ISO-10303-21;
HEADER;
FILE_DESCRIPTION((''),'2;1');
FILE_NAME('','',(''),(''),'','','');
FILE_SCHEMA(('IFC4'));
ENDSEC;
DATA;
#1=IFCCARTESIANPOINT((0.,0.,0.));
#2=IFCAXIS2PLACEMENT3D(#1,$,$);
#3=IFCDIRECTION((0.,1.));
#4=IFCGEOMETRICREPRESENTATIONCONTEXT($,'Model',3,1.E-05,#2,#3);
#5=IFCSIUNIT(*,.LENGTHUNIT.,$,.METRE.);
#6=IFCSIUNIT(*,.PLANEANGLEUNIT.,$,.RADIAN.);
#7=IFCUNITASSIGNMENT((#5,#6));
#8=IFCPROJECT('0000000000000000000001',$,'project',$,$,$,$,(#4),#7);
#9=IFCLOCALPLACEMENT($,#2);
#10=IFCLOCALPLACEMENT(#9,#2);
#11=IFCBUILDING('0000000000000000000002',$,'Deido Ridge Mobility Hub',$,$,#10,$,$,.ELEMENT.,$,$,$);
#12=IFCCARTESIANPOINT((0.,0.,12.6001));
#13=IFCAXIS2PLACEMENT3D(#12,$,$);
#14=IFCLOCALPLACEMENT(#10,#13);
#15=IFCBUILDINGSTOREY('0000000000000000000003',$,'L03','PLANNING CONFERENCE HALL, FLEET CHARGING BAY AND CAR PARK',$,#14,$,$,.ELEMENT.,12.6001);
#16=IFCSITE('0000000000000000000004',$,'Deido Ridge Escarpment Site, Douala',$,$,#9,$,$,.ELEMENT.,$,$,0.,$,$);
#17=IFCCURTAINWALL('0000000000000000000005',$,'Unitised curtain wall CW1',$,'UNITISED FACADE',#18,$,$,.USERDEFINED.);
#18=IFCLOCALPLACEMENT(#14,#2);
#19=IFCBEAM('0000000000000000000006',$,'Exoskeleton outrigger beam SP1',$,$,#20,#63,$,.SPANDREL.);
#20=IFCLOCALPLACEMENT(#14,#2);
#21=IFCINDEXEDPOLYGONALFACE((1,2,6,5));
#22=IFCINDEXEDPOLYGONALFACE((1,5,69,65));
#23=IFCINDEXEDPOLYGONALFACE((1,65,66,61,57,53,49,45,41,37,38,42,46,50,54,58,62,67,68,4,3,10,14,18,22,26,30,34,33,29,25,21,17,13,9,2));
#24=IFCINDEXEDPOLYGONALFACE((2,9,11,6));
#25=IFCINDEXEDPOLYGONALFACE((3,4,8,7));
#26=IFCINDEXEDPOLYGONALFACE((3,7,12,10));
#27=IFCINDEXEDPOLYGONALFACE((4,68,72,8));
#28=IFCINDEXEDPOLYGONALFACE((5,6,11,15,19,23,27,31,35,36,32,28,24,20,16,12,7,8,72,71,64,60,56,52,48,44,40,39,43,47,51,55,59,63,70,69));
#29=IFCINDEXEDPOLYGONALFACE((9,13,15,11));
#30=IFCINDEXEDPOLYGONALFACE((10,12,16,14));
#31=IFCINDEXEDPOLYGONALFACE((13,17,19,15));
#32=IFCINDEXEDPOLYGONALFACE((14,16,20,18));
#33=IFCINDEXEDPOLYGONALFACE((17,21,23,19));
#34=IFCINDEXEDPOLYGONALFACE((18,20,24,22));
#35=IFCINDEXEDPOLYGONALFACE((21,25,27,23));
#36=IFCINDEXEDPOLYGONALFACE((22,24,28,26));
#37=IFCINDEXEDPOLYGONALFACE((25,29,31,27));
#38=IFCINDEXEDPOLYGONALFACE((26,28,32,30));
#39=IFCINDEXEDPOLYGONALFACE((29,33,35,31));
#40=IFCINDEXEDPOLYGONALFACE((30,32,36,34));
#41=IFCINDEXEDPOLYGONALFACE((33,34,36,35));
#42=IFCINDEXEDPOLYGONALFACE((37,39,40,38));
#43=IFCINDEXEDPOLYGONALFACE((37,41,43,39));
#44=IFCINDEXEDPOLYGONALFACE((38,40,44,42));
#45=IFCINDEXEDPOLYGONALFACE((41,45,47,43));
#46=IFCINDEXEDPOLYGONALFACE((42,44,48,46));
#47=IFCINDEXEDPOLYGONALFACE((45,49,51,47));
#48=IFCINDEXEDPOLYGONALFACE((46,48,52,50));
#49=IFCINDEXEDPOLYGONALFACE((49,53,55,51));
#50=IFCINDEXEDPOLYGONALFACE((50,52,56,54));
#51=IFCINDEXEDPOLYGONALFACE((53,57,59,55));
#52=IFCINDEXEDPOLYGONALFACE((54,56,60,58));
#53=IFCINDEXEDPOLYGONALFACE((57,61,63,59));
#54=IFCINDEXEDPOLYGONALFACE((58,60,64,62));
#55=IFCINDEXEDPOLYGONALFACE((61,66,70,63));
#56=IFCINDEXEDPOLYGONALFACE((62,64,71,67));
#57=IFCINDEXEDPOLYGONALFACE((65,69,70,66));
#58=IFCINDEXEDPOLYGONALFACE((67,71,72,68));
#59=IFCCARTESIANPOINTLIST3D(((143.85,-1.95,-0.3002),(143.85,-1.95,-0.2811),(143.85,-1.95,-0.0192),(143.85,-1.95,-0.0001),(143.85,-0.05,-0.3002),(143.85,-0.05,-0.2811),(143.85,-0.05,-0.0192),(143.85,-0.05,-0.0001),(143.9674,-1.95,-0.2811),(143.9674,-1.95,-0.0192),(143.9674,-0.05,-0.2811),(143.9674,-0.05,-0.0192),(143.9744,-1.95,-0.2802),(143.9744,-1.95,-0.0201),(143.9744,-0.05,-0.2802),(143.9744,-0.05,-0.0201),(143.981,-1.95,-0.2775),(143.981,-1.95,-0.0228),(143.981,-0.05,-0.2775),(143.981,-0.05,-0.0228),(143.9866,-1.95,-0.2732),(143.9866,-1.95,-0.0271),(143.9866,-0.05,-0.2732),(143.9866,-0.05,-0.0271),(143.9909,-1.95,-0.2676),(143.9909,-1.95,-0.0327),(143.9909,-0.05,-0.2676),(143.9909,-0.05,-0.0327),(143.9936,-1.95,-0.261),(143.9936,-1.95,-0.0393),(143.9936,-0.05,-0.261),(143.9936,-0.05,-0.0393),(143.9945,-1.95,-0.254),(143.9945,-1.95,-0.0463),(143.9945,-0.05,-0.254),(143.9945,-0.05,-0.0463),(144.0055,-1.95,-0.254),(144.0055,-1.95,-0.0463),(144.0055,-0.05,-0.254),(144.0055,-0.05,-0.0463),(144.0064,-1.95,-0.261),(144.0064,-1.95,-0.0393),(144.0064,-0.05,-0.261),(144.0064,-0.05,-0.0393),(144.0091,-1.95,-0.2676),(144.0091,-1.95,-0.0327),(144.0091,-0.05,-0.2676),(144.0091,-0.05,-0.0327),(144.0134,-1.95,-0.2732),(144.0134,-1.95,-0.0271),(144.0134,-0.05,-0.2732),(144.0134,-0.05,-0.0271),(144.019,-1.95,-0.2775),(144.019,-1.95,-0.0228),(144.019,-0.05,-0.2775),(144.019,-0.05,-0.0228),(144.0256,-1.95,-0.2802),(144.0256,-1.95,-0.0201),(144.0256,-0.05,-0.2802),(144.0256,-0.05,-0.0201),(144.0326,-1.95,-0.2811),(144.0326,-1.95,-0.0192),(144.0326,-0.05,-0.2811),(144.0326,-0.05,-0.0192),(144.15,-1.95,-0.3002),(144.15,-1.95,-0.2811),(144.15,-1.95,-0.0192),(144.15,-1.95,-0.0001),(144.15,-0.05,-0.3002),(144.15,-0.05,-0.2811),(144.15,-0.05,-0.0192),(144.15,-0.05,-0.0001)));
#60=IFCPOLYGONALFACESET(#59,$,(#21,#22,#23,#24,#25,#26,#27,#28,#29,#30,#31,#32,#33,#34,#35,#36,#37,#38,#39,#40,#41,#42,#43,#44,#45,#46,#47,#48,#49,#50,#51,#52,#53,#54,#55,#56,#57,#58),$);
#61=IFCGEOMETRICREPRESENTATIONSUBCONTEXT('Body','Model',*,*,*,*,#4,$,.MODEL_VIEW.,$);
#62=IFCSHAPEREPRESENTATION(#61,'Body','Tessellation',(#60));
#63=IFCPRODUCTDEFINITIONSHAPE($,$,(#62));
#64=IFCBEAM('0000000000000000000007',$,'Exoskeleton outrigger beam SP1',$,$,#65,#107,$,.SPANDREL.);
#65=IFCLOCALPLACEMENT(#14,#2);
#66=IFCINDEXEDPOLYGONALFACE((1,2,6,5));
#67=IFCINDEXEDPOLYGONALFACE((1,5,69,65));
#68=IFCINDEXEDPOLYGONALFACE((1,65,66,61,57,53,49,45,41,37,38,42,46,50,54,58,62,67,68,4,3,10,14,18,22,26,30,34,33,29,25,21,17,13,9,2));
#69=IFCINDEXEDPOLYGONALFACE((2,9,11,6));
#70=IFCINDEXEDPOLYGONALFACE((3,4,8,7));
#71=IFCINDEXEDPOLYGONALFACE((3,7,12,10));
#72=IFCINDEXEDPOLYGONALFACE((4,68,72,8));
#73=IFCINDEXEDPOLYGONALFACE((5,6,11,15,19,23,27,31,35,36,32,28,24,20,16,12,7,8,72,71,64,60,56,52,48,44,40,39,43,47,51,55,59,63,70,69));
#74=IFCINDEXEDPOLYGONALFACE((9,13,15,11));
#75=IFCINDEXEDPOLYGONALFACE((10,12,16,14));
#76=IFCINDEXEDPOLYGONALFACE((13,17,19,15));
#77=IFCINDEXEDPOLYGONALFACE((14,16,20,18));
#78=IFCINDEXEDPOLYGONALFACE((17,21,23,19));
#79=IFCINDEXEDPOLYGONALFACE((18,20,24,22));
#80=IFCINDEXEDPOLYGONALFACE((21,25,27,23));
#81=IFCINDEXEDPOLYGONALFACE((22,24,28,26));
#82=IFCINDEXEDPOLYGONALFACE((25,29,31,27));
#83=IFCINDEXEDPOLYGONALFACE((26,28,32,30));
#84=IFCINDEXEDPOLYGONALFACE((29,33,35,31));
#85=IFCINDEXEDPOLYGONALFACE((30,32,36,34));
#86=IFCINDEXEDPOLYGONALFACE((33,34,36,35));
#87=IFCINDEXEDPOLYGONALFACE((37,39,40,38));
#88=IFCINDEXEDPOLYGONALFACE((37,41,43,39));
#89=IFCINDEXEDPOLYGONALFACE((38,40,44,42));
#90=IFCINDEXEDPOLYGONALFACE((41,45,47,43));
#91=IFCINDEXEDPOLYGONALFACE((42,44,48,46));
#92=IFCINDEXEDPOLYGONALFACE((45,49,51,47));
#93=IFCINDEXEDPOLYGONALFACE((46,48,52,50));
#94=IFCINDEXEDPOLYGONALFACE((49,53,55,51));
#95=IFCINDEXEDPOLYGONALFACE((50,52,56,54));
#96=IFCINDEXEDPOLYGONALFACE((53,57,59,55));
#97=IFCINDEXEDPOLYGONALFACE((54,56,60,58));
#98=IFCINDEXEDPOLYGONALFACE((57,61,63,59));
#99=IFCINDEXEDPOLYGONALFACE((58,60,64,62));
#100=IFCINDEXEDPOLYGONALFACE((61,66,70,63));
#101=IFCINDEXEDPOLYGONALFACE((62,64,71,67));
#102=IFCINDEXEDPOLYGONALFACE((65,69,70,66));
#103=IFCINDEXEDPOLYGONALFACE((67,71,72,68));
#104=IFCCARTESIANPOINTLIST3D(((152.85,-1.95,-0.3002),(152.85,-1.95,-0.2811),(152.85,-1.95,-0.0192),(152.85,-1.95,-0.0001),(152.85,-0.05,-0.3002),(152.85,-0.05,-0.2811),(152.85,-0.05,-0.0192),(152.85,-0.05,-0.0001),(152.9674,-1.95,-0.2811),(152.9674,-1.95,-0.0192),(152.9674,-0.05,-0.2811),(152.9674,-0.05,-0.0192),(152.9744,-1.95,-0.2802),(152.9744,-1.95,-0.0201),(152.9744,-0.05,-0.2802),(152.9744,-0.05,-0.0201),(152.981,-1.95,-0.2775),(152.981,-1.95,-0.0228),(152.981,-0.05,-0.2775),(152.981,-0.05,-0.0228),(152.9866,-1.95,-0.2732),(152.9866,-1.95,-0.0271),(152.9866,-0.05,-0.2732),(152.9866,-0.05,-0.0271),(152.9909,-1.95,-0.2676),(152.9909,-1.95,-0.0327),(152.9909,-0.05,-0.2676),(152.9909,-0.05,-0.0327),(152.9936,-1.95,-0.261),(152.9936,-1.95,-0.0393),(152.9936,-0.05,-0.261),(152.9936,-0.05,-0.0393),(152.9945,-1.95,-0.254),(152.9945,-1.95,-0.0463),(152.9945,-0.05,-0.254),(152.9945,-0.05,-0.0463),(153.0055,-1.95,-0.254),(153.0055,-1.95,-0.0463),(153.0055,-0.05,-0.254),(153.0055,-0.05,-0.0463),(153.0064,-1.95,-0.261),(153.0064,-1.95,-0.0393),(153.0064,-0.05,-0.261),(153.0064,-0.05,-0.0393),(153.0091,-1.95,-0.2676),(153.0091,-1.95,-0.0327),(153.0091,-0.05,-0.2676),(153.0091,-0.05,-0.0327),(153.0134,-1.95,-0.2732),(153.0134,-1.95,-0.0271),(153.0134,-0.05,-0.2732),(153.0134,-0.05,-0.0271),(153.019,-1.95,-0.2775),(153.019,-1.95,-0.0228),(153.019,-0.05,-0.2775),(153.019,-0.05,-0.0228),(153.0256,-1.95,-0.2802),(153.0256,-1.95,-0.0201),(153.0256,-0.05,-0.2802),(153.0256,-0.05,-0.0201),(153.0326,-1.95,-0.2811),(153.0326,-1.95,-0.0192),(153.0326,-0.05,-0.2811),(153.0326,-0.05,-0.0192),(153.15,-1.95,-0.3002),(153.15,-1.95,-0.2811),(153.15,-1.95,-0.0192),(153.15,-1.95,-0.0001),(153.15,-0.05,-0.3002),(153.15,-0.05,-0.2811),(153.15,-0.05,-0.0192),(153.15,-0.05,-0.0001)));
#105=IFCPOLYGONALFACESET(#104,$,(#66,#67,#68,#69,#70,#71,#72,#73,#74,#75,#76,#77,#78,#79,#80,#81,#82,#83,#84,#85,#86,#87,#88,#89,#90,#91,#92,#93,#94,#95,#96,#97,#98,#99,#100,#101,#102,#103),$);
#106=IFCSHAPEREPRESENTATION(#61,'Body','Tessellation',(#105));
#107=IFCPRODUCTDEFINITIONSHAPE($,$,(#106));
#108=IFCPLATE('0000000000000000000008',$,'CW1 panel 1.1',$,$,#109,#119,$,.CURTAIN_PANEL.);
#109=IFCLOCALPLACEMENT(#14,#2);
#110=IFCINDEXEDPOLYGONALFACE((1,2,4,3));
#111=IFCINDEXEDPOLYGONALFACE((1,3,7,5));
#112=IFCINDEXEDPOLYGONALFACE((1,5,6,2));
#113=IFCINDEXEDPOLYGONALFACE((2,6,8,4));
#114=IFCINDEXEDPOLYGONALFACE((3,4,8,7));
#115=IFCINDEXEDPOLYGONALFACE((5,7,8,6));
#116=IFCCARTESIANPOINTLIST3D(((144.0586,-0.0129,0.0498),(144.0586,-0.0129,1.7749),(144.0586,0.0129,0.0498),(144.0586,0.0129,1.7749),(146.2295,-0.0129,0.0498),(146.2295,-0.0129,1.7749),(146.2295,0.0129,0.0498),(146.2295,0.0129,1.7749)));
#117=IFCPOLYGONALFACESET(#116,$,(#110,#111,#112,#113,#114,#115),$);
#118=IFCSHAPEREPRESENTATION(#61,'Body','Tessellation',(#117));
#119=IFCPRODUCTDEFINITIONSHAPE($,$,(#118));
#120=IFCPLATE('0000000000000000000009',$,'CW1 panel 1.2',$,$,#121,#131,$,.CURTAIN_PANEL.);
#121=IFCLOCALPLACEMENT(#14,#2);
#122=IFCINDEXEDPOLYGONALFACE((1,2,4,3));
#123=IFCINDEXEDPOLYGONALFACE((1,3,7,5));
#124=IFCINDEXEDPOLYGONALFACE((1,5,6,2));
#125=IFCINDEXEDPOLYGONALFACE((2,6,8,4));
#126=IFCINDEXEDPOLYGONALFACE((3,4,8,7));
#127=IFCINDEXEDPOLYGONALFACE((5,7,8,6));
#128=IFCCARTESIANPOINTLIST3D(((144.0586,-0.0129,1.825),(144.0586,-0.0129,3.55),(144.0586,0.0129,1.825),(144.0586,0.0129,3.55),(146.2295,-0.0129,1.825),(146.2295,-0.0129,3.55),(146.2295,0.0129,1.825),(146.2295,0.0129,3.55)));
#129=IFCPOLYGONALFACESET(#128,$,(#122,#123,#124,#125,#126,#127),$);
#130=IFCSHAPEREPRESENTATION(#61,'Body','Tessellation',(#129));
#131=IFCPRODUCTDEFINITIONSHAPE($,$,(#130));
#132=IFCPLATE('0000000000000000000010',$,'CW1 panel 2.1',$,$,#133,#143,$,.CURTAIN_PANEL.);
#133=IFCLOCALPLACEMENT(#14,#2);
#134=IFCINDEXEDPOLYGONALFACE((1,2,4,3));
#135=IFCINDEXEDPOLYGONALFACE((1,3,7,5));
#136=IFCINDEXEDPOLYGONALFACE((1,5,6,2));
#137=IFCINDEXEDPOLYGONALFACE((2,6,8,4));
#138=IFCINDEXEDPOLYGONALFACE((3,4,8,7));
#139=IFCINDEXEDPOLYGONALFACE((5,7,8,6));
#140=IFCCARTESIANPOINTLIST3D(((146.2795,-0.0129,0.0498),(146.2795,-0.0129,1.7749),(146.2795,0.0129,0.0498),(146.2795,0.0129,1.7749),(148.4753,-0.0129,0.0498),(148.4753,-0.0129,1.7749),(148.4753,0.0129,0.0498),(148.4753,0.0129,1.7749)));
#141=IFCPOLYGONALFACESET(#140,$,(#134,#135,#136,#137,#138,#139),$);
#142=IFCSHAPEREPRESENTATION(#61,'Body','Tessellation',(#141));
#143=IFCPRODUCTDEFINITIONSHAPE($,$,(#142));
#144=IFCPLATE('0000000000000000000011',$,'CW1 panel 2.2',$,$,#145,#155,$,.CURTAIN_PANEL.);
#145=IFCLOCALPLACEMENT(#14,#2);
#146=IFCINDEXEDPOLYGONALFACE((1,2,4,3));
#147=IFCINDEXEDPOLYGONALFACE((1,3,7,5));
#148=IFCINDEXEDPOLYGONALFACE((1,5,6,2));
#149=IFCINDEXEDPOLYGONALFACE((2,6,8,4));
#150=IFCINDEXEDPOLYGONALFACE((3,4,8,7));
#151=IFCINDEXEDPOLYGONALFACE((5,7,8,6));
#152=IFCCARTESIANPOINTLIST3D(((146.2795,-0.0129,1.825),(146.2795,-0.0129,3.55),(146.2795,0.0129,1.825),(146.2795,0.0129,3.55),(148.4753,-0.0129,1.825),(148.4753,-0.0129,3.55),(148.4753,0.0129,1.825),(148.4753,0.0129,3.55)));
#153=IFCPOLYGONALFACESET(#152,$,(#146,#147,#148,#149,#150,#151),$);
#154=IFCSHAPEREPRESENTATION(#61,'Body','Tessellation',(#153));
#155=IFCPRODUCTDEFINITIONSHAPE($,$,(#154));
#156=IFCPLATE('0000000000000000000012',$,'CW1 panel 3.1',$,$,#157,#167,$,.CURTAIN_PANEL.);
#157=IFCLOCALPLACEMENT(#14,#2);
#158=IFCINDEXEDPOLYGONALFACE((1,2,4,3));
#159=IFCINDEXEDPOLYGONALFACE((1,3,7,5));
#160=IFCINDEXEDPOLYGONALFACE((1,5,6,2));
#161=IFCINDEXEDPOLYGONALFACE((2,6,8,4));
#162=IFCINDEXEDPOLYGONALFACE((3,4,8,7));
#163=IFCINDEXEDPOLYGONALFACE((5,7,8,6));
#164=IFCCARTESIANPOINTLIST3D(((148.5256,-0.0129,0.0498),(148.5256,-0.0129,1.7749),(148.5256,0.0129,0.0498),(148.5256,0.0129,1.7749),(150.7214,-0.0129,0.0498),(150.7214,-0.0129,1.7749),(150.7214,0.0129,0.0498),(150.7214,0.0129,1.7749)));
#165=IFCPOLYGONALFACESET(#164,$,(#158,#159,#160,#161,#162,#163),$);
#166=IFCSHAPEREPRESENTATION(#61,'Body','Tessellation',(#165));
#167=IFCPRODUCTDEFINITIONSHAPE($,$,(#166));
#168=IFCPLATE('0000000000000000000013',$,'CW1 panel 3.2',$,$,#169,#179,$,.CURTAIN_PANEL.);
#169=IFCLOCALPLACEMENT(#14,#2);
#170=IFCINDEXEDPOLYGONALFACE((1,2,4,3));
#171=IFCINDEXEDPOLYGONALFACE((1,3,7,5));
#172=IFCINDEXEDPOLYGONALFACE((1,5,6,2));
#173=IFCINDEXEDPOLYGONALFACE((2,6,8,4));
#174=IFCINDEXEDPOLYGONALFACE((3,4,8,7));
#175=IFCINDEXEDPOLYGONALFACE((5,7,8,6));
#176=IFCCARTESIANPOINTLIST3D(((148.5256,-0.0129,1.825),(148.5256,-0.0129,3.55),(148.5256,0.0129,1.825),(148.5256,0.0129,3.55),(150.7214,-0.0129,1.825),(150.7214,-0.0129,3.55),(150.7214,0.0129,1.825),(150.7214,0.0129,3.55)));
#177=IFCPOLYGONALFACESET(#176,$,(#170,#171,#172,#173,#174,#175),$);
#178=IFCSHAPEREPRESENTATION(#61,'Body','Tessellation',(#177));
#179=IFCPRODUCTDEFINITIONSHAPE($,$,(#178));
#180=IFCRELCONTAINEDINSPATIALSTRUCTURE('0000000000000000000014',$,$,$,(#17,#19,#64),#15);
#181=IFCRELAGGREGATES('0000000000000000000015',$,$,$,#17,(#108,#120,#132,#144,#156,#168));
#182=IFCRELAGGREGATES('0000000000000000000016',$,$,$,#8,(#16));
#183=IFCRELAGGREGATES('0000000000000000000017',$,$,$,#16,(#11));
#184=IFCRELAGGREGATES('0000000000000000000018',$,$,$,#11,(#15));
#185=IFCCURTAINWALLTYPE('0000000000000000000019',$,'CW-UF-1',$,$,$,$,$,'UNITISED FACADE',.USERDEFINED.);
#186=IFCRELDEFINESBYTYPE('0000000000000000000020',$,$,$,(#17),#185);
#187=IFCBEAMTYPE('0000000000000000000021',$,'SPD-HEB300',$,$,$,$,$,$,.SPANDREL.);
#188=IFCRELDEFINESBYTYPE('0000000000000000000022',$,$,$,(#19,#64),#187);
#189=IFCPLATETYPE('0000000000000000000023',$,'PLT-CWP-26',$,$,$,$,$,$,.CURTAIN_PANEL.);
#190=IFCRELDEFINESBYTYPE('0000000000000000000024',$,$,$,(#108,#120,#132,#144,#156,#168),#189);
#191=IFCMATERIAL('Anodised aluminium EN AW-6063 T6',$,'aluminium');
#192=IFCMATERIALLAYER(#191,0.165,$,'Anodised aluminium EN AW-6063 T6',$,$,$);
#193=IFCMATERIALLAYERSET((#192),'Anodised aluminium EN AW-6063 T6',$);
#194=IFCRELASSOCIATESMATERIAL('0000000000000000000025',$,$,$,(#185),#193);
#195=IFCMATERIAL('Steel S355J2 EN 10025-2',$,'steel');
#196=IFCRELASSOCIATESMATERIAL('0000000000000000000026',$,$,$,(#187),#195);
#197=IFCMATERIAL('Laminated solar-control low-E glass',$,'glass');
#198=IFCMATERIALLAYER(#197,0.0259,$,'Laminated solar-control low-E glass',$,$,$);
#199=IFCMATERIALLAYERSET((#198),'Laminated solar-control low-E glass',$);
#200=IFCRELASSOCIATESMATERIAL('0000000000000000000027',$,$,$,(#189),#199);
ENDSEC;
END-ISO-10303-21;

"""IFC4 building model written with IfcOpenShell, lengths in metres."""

from ifc_helpers import new_model, si_unit, direction, frame, origin, origin_2d, place, context, subcontext, project, spatial, rectangle, i_section, extrude, material, layer, layer_set, material_profile, profile_set, type_object, element, aggregate, save


model = new_model("IFC4")

# Units and contexts
model_context = context("Model", 3, precision=1e-05, world=origin(), true_north=direction((0.0, 1.0)))
body_context = subcontext(model_context, "Body", "Model", "MODEL_VIEW")
ifc_project = project(units=[si_unit("LENGTHUNIT", "METRE"), si_unit("PLANEANGLEUNIT", "RADIAN")], contexts=[model_context])

# Site, building, storey
site_placement = place(None, origin())
site = spatial("IfcSite", under=ifc_project, at=site_placement, Name="Deido Ridge Escarpment Site, Douala", CompositionType="ELEMENT", RefElevation=0.0)
building_placement = place(site_placement, origin())
building = spatial("IfcBuilding", under=site, at=building_placement, Name="Deido Ridge Mobility Hub", CompositionType="ELEMENT")
storey_placement = place(building_placement, frame((0.0, 0.0, 12.6001)))
storey = spatial("IfcBuildingStorey", under=building, at=storey_placement, Name="L03", Description="PLANNING CONFERENCE HALL, FLEET CHARGING BAY AND CAR PARK", CompositionType="ELEMENT", Elevation=12.6001)

# Shared definitions
ifc_material_1 = material(Name="Steel S355J2 EN 10025-2", Category="steel")

# Curtain wall
ifc_material_2 = material(Name="Anodised aluminium EN AW-6063 T6", Category="aluminium")
ifc_layer_1 = layer(ifc_material_2, 0.165, Name="Anodised aluminium EN AW-6063 T6")
ifc_layer_set_1 = layer_set([ifc_layer_1], Name="Anodised aluminium EN AW-6063 T6")
curtain_wall_type = type_object("IfcCurtainWallType", Name="CW-UF-1", ElementType="UNITISED FACADE", PredefinedType="USERDEFINED", material=ifc_layer_set_1)
curtain_wall_placement = place(storey_placement, origin())
curtain_wall = element("IfcCurtainWall", 1, at=curtain_wall_placement, inside=storey, type_object=curtain_wall_type, Name="Unitised curtain wall CW1", ObjectType="UNITISED FACADE", PredefinedType="USERDEFINED")

# Beams
ifc_material_profile_1 = material_profile(ifc_material_1, i_section(OverallWidth=0.3, OverallDepth=0.3, WebThickness=0.011, FlangeThickness=0.019, FilletRadius=0.0271, at=origin_2d()), Name="HEB 300")
ifc_profile_set_1 = profile_set([ifc_material_profile_1], Name="Steel S355J2 EN 10025-2")
beam_type_1 = type_object("IfcBeamType", Name="SPD-HEB300", PredefinedType="SPANDREL", material=ifc_profile_set_1)
for number, where, z_axis, x_axis, name in (
    (2, (144.0, -0.05, -0.1501), (0.0, -1.0, 0.0), (1.0, 0.0, 0.0), "Exoskeleton outrigger beam SP1"),
    (3, (153.0, -0.05, -0.1501), (0.0, -1.0, 0.0), (1.0, 0.0, 0.0), "Exoskeleton outrigger beam SP1"),
):
    element("IfcBeam", number, at=place(storey_placement, frame(where, z_axis=z_axis, x_axis=x_axis)), inside=storey, type_object=beam_type_1, Name=name, PredefinedType="SPANDREL", context=body_context, shape_type="SweptSolid", body=[
        extrude(i_section(OverallWidth=0.3, OverallDepth=0.3, WebThickness=0.011, FlangeThickness=0.019, FilletRadius=0.0271, at=origin_2d()), origin(), (0.0, 0.0, 1.0), 1.8999),
    ])

# Plates
ifc_material_3 = material(Name="Laminated solar-control low-E glass", Category="glass")
ifc_layer_2 = layer(ifc_material_3, 0.0259, Name="Laminated solar-control low-E glass")
ifc_layer_set_2 = layer_set([ifc_layer_2], Name="Laminated solar-control low-E glass")
plate_type = type_object("IfcPlateType", Name="PLT-CWP-26", PredefinedType="CURTAIN_PANEL", material=ifc_layer_set_2)
plate_1_placement = place(storey_placement, frame((145.144, 0.0, 0.0498), z_axis=(0.0, 0.0, 1.0), x_axis=(1.0, 0.0, 0.0)))
plate_1 = element("IfcPlate", 4, at=plate_1_placement, type_object=plate_type, Name="CW1 panel 1.1", PredefinedType="CURTAIN_PANEL", context=body_context, shape_type="SweptSolid", body=[
    extrude(rectangle(XDim=2.1709, YDim=0.0259, at=origin_2d()), origin(), (0.0, 0.0, 1.0), 1.7251),
])
plate_2_placement = place(storey_placement, frame((145.144, 0.0, 1.825), z_axis=(0.0, 0.0, 1.0), x_axis=(1.0, 0.0, 0.0)))
plate_2 = element("IfcPlate", 5, at=plate_2_placement, type_object=plate_type, Name="CW1 panel 1.2", PredefinedType="CURTAIN_PANEL", context=body_context, shape_type="SweptSolid", body=[
    extrude(rectangle(XDim=2.1709, YDim=0.0259, at=origin_2d()), origin(), (0.0, 0.0, 1.0), 1.7251),
])
plate_3_placement = place(storey_placement, frame((147.3774, 0.0, 0.0498), z_axis=(0.0, 0.0, 1.0), x_axis=(1.0, 0.0, 0.0)))
plate_3 = element("IfcPlate", 6, at=plate_3_placement, type_object=plate_type, Name="CW1 panel 2.1", PredefinedType="CURTAIN_PANEL", context=body_context, shape_type="SweptSolid", body=[
    extrude(rectangle(XDim=2.1958, YDim=0.0259, at=origin_2d()), origin(), (0.0, 0.0, 1.0), 1.7251),
])
plate_4_placement = place(storey_placement, frame((147.3774, 0.0, 1.825), z_axis=(0.0, 0.0, 1.0), x_axis=(1.0, 0.0, 0.0)))
plate_4 = element("IfcPlate", 7, at=plate_4_placement, type_object=plate_type, Name="CW1 panel 2.2", PredefinedType="CURTAIN_PANEL", context=body_context, shape_type="SweptSolid", body=[
    extrude(rectangle(XDim=2.1958, YDim=0.0259, at=origin_2d()), origin(), (0.0, 0.0, 1.0), 1.7251),
])
plate_5_placement = place(storey_placement, frame((149.6235, 0.0, 0.0498), z_axis=(0.0, 0.0, 1.0), x_axis=(1.0, 0.0, 0.0)))
plate_5 = element("IfcPlate", 8, at=plate_5_placement, type_object=plate_type, Name="CW1 panel 3.1", PredefinedType="CURTAIN_PANEL", context=body_context, shape_type="SweptSolid", body=[
    extrude(rectangle(XDim=2.1958, YDim=0.0259, at=origin_2d()), origin(), (0.0, 0.0, 1.0), 1.7251),
])
plate_6_placement = place(storey_placement, frame((149.6235, 0.0, 1.825), z_axis=(0.0, 0.0, 1.0), x_axis=(1.0, 0.0, 0.0)))
plate_6 = element("IfcPlate", 9, at=plate_6_placement, type_object=plate_type, Name="CW1 panel 3.2", PredefinedType="CURTAIN_PANEL", context=body_context, shape_type="SweptSolid", body=[
    extrude(rectangle(XDim=2.1958, YDim=0.0259, at=origin_2d()), origin(), (0.0, 0.0, 1.0), 1.7251),
])
aggregate(curtain_wall, [plate_1, plate_2, plate_3, plate_4, plate_5, plate_6])

save(model, "model.ifc")
